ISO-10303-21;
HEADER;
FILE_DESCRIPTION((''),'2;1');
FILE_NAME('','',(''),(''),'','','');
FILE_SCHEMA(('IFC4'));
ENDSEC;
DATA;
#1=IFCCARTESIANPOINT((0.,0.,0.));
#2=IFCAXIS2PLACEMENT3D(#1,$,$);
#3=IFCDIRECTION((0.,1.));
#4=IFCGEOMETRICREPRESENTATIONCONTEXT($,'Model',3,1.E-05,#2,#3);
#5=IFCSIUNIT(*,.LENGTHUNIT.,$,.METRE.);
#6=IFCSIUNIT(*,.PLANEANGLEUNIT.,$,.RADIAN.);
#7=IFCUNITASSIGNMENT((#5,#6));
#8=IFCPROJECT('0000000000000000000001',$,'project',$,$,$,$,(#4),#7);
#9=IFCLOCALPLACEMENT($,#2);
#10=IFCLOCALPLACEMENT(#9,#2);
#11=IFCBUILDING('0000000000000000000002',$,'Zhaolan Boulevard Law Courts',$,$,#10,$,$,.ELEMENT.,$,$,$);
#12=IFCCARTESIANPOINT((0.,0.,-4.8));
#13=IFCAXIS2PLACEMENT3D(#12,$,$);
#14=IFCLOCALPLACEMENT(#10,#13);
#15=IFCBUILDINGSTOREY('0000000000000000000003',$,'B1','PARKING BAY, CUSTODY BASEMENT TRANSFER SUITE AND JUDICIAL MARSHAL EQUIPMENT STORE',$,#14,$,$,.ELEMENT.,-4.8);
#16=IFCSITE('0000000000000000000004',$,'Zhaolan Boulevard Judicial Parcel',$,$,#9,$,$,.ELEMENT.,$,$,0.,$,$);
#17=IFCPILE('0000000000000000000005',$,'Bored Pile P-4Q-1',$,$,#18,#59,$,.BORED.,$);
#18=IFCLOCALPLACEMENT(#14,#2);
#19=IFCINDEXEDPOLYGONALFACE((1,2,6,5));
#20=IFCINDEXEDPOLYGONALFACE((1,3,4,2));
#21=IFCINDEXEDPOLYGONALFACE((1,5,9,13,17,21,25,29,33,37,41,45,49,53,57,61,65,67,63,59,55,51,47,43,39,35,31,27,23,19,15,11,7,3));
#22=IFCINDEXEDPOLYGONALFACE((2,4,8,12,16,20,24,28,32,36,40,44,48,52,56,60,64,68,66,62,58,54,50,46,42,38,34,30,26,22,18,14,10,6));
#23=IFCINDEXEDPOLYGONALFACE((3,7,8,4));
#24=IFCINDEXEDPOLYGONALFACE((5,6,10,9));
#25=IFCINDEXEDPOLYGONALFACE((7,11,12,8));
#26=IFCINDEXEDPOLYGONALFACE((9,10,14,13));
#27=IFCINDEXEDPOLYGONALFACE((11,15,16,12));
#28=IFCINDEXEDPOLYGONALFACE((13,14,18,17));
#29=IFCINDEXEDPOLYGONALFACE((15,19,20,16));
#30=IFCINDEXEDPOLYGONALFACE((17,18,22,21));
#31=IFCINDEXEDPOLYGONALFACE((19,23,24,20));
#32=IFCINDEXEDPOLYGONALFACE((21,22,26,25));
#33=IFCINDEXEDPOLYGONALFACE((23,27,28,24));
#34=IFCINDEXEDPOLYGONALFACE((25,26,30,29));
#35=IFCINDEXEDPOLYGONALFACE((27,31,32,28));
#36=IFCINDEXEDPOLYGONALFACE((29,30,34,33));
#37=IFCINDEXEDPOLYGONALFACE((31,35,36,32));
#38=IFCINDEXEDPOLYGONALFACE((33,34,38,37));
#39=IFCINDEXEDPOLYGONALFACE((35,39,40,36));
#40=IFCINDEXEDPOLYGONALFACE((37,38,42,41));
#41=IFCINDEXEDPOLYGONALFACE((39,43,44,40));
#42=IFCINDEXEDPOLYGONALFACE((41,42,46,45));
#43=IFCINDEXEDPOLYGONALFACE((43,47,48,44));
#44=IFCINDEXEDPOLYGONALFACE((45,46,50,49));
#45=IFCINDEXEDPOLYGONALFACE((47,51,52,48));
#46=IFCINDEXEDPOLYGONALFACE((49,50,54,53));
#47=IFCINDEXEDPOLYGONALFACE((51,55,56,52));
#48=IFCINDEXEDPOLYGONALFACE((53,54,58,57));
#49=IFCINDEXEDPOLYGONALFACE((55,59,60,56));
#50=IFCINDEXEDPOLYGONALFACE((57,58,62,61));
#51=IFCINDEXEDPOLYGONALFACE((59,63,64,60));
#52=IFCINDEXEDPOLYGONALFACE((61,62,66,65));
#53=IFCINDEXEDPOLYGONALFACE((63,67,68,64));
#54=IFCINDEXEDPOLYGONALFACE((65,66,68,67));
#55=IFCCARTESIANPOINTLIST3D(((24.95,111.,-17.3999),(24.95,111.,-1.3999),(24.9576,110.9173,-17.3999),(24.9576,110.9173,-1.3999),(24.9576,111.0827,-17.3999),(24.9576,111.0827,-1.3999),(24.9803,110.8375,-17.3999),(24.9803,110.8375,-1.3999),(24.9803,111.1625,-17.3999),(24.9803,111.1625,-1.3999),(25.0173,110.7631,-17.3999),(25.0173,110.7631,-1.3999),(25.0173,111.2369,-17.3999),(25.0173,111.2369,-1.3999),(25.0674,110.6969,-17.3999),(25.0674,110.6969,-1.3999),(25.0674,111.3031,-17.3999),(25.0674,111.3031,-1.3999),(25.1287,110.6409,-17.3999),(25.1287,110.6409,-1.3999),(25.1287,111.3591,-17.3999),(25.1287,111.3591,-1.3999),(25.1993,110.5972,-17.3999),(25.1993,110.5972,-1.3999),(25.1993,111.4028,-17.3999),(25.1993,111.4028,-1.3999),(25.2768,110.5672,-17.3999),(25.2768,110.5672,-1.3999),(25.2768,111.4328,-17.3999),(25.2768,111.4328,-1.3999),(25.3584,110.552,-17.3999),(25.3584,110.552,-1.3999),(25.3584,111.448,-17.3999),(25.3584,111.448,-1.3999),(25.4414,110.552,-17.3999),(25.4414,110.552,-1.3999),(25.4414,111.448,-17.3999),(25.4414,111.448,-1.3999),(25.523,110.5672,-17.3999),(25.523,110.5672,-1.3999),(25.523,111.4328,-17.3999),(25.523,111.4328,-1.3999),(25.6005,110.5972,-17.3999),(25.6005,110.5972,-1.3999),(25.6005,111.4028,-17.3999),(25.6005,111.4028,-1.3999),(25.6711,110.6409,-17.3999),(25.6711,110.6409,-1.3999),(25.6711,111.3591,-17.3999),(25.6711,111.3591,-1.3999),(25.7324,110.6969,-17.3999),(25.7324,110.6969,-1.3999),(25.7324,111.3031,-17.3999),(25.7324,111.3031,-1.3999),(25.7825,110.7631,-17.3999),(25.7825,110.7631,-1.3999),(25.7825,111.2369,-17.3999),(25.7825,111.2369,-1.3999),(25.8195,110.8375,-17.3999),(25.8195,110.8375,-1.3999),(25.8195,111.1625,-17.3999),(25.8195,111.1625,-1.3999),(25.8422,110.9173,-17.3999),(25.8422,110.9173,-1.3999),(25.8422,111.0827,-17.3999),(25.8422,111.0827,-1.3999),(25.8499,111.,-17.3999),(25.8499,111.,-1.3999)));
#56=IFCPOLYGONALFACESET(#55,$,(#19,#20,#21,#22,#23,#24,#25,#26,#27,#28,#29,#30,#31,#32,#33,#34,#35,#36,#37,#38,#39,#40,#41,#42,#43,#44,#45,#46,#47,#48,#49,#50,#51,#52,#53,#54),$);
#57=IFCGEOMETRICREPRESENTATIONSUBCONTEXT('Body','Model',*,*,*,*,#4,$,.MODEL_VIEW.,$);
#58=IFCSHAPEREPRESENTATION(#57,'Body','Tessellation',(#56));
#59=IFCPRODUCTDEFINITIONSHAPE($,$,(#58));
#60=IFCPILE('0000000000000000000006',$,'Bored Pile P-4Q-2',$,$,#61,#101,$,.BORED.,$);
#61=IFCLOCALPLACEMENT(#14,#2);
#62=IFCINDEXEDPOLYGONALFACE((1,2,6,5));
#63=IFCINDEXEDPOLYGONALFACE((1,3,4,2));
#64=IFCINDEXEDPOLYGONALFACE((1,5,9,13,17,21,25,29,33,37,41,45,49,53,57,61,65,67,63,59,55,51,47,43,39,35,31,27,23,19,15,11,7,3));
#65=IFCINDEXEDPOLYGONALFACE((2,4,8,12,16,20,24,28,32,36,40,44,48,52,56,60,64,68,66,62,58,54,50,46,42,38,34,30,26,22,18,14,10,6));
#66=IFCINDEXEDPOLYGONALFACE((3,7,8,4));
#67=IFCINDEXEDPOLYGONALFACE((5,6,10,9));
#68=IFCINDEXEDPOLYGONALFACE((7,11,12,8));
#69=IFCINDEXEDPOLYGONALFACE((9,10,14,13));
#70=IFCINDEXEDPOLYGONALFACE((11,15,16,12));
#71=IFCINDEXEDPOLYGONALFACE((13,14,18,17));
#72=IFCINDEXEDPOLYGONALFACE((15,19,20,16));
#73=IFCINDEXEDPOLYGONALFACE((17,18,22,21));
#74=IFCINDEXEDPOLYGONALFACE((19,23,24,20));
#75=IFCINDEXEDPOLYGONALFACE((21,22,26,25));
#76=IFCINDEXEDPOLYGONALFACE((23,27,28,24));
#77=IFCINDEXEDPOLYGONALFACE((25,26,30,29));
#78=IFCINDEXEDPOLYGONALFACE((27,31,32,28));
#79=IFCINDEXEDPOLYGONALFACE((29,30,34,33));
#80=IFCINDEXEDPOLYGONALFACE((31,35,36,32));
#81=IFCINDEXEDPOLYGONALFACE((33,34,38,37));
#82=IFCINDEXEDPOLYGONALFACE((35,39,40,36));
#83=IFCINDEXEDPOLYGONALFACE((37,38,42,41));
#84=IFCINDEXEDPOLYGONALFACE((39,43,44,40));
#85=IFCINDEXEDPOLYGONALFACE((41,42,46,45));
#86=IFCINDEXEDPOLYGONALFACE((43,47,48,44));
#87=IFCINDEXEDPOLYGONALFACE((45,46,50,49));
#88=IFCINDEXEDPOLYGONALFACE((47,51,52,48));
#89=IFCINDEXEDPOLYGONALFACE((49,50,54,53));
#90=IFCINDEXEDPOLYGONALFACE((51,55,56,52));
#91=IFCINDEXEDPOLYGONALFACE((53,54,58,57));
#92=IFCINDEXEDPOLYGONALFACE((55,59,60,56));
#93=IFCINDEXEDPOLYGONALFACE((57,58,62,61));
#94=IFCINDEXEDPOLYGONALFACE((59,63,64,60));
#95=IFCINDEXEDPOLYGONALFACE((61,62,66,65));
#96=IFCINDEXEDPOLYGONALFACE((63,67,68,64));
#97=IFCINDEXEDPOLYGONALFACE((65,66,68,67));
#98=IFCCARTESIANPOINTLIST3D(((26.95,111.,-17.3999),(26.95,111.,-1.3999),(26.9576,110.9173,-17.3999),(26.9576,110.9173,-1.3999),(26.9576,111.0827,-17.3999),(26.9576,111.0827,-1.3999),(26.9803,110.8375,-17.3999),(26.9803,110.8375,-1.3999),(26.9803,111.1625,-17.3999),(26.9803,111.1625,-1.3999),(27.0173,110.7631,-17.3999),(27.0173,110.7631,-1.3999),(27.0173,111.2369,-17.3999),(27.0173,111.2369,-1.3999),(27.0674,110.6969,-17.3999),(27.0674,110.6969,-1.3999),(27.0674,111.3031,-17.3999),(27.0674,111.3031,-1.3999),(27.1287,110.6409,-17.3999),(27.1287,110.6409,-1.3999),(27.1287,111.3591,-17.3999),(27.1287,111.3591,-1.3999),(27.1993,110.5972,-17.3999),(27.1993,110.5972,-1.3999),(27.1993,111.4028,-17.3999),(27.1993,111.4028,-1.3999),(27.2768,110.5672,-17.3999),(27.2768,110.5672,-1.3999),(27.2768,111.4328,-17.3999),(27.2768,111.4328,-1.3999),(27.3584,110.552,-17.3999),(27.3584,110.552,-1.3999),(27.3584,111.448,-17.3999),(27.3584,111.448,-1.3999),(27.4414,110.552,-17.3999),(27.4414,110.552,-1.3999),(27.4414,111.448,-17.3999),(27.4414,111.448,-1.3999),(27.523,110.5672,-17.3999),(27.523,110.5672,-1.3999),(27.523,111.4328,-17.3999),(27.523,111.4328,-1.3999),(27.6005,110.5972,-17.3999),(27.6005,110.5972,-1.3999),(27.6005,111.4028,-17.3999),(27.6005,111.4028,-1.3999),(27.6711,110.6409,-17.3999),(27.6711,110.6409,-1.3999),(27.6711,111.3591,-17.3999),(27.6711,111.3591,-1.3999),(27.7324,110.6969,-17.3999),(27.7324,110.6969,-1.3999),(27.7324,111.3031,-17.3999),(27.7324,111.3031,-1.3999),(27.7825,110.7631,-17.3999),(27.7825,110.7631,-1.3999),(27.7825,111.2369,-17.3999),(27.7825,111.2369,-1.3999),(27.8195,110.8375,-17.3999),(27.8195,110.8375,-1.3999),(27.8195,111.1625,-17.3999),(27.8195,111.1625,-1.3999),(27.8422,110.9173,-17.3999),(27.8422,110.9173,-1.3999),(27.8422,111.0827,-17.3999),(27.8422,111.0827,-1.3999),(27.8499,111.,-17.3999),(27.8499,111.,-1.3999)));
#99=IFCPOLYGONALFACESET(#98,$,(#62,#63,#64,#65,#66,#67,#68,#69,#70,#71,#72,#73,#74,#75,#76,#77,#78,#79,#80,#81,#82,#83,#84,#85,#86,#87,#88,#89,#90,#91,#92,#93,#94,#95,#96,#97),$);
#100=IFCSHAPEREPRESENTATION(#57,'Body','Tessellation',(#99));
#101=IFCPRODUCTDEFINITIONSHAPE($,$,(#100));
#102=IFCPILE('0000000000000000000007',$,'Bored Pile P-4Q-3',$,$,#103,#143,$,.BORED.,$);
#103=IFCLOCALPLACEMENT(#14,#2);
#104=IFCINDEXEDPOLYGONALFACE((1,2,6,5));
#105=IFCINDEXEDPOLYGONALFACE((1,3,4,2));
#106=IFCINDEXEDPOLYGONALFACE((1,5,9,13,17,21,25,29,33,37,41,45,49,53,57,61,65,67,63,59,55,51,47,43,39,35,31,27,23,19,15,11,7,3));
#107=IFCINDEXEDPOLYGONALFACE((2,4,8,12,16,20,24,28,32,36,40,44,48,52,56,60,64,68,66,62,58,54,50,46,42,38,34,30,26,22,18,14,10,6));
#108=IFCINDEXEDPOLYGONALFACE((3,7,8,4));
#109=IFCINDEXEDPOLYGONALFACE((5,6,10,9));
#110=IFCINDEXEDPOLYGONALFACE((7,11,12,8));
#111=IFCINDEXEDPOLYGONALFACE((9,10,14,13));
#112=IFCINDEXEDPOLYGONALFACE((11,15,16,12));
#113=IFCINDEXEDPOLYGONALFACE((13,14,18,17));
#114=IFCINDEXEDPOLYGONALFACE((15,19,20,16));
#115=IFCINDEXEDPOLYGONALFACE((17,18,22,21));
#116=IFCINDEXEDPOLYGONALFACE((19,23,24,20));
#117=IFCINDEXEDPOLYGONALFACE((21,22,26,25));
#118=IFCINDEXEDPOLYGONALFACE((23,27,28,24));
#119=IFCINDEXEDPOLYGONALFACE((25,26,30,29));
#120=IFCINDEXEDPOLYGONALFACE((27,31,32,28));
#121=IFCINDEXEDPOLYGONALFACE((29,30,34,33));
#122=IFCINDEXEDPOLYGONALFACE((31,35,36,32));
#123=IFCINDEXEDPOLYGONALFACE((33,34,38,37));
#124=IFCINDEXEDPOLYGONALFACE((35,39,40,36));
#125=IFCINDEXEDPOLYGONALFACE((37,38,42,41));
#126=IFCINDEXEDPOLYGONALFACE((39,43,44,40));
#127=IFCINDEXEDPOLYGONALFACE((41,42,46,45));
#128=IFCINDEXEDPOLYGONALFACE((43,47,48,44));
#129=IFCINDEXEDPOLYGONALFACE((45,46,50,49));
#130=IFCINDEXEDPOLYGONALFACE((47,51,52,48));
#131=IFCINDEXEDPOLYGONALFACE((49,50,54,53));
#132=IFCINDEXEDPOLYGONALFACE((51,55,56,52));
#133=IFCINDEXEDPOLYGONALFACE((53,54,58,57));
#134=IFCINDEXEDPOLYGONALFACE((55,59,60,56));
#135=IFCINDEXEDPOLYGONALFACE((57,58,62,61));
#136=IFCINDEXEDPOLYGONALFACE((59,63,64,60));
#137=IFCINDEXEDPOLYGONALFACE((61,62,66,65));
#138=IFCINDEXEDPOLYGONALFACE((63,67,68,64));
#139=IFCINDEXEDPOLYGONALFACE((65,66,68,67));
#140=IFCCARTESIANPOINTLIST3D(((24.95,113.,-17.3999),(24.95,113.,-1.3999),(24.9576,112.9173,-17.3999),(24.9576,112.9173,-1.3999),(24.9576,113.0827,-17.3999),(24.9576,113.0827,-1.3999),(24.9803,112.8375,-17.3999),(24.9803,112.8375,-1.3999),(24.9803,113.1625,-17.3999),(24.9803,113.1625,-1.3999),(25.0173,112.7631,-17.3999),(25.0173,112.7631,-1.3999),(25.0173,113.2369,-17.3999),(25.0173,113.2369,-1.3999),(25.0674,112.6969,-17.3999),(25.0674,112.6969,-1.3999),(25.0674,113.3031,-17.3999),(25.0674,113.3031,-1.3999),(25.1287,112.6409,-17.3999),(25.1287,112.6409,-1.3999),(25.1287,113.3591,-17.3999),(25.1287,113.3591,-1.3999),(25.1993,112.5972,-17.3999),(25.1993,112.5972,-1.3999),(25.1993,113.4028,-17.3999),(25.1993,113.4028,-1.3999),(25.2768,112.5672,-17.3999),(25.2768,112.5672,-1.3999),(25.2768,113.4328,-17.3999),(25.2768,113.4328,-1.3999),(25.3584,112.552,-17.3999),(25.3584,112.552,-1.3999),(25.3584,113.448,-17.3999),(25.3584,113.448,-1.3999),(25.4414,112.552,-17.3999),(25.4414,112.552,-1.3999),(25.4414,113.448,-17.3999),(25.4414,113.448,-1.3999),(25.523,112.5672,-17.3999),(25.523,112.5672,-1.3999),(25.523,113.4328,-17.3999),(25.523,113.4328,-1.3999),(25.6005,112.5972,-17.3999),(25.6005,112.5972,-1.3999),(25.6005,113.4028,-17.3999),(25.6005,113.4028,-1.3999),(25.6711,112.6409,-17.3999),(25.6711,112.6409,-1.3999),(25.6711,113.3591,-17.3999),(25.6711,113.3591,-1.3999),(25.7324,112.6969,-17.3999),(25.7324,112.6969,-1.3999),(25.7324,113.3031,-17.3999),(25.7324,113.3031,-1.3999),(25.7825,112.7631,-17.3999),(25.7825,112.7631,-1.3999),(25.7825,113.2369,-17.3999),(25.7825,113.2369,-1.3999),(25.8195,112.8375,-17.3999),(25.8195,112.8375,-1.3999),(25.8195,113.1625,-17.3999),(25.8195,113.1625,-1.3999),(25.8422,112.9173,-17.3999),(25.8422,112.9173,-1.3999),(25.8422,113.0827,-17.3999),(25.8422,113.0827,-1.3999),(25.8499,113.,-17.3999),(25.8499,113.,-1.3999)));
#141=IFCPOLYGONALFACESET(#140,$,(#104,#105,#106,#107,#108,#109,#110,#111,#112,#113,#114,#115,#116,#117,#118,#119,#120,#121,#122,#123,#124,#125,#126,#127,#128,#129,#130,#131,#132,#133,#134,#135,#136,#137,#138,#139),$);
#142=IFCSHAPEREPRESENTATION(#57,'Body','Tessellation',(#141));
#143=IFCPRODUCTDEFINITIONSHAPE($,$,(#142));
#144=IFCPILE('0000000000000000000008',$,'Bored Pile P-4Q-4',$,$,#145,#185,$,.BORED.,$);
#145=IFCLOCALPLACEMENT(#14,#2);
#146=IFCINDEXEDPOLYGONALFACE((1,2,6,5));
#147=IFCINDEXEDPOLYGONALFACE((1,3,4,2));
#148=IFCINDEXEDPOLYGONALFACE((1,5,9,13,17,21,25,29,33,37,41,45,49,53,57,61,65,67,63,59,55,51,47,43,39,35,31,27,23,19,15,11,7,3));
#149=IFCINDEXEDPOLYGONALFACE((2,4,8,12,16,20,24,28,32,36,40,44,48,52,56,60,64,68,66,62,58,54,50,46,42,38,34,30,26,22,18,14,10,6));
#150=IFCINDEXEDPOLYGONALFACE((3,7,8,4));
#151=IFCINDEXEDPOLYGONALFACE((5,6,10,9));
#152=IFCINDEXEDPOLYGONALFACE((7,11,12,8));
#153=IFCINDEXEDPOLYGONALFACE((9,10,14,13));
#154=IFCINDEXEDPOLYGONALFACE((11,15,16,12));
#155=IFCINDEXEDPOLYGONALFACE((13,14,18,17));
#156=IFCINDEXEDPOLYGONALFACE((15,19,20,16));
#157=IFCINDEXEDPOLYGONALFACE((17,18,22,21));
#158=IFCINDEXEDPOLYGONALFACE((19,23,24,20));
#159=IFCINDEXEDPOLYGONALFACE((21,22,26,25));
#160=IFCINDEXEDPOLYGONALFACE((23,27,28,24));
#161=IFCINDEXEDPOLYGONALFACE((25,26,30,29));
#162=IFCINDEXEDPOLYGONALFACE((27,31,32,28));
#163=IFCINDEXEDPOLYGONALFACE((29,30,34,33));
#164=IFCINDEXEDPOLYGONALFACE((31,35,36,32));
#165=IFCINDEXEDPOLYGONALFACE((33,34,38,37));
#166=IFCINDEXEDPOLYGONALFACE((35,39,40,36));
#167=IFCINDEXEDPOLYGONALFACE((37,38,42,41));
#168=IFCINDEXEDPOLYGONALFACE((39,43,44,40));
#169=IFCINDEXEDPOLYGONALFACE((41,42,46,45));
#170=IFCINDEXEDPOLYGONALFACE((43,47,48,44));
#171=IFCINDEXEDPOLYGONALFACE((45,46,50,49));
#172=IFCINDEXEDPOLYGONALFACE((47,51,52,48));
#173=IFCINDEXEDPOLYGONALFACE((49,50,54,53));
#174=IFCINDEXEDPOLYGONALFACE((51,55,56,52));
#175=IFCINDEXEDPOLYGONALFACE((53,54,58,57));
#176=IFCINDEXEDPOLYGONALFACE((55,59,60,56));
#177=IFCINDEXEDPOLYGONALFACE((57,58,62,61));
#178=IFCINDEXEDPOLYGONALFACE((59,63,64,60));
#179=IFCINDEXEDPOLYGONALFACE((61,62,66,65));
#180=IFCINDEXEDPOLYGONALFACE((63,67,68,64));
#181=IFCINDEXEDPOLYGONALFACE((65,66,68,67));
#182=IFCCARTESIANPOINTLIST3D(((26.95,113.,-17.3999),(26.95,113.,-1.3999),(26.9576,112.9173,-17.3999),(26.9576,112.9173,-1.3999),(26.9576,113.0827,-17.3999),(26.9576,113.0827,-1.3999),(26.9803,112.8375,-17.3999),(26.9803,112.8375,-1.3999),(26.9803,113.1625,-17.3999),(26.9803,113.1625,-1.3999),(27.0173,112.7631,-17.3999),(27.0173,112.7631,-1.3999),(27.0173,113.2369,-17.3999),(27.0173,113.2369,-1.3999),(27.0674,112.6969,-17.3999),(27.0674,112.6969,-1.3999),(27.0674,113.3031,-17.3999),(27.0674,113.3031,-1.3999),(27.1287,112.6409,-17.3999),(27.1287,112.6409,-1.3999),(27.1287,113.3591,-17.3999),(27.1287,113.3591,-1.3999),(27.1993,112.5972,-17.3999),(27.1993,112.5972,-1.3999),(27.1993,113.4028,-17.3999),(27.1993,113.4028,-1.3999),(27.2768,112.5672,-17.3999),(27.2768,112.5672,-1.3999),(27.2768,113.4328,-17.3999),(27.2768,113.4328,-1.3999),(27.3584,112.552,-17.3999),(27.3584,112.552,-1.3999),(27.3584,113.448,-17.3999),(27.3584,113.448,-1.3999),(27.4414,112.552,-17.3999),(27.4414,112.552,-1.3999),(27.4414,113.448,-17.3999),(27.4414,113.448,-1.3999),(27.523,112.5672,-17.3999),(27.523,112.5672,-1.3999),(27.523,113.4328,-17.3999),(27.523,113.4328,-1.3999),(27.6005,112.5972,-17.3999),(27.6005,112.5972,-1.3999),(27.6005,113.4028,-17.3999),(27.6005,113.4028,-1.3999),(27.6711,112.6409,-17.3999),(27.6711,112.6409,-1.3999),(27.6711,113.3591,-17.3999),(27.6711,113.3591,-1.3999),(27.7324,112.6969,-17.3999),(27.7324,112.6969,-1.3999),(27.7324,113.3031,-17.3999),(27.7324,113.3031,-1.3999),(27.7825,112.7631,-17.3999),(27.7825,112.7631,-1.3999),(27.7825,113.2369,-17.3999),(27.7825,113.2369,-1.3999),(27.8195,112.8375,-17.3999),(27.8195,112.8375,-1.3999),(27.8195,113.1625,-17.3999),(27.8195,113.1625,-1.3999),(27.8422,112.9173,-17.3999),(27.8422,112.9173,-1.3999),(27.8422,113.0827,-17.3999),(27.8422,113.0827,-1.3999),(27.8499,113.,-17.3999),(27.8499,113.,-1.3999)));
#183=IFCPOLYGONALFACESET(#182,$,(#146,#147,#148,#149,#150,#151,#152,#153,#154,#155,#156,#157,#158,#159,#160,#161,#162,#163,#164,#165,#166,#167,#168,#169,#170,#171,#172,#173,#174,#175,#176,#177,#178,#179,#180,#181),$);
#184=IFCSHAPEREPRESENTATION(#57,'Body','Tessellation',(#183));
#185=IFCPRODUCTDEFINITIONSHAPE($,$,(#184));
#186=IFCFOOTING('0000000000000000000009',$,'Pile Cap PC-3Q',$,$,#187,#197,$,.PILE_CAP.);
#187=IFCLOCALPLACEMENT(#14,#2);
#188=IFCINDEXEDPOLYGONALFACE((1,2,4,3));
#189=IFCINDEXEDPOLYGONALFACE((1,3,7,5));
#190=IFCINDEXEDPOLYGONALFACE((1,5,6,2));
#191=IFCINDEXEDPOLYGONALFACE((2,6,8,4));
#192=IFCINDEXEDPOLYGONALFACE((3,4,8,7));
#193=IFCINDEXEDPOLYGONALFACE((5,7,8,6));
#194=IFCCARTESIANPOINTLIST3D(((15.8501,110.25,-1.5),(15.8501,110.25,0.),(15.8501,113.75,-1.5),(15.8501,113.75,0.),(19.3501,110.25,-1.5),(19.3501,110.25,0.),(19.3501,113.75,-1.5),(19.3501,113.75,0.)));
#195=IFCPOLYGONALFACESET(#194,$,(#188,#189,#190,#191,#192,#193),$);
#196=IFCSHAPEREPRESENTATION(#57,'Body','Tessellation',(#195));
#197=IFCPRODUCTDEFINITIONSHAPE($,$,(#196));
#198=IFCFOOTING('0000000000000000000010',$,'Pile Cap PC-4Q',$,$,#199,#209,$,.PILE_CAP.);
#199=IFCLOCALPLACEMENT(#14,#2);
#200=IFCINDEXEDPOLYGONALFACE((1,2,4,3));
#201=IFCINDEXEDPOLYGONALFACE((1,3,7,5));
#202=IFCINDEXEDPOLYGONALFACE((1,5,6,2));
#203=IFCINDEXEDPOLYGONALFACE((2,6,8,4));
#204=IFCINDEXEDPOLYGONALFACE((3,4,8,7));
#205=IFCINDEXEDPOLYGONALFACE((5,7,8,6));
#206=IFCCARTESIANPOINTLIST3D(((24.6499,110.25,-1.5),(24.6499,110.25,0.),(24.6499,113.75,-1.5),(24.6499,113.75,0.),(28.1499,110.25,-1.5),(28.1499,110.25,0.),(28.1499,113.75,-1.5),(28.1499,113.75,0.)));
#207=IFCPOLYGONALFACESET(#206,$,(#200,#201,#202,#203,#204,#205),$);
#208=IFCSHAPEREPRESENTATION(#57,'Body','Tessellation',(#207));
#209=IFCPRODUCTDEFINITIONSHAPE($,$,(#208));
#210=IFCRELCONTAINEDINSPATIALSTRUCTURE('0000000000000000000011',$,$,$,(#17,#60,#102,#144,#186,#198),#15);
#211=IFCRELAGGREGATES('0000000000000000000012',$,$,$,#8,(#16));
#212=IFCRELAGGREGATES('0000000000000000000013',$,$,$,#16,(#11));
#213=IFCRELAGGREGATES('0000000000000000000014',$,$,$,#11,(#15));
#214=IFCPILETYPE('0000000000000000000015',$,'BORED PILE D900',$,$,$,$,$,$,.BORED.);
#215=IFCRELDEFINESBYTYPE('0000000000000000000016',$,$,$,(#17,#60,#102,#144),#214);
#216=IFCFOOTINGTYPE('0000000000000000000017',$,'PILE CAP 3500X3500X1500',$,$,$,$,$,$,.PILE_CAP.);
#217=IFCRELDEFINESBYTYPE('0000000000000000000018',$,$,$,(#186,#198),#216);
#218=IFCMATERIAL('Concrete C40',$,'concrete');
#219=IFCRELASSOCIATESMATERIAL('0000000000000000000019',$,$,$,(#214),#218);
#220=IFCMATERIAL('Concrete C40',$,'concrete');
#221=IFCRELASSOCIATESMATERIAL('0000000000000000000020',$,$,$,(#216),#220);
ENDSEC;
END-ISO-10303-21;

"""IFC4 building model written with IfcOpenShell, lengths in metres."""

from ifc_helpers import new_model, si_unit, direction, frame, origin, origin_2d, place, context, subcontext, project, spatial, rectangle, circle, extrude, material, material_profile, profile_set, type_object, element, save


model = new_model("IFC4")

# Units and contexts
model_context = context("Model", 3, precision=1e-05, world=origin(), true_north=direction((0.0, 1.0)))
body_context = subcontext(model_context, "Body", "Model", "MODEL_VIEW")
ifc_project = project(units=[si_unit("LENGTHUNIT", "METRE"), si_unit("PLANEANGLEUNIT", "RADIAN")], contexts=[model_context])

# Site, building, storey
site_placement = place(None, origin())
site = spatial("IfcSite", under=ifc_project, at=site_placement, Name="Zhaolan Boulevard Judicial Parcel", CompositionType="ELEMENT", RefElevation=0.0)
building_placement = place(site_placement, origin())
building = spatial("IfcBuilding", under=site, at=building_placement, Name="Zhaolan Boulevard Law Courts", CompositionType="ELEMENT")
storey_placement = place(building_placement, frame((0.0, 0.0, -4.8)))
storey = spatial("IfcBuildingStorey", under=building, at=storey_placement, Name="B1", Description="PARKING BAY, CUSTODY BASEMENT TRANSFER SUITE AND JUDICIAL MARSHAL EQUIPMENT STORE", CompositionType="ELEMENT", Elevation=-4.8)

# Piles
ifc_material_1 = material(Name="Concrete C40", Category="concrete")
ifc_material_profile_1 = material_profile(ifc_material_1, circle(Radius=0.45, at=origin_2d()), Name="PILE-D900")
ifc_profile_set_1 = profile_set([ifc_material_profile_1], Name="Concrete C40")
pile_type = type_object("IfcPileType", Name="BORED PILE D900", PredefinedType="BORED", material=ifc_profile_set_1)
for number, where, z_axis, x_axis, name in (
    (1, (25.3999, 111.0, -1.3999), (0.0, 0.0, -1.0), (1.0, 0.0, 0.0), "Bored Pile P-4Q-1"),
    (2, (27.3999, 111.0, -1.3999), (0.0, 0.0, -1.0), (1.0, 0.0, 0.0), "Bored Pile P-4Q-2"),
    (3, (25.3999, 113.0, -1.3999), (0.0, 0.0, -1.0), (1.0, 0.0, 0.0), "Bored Pile P-4Q-3"),
    (4, (27.3999, 113.0, -1.3999), (0.0, 0.0, -1.0), (1.0, 0.0, 0.0), "Bored Pile P-4Q-4"),
):
    element("IfcPile", number, at=place(storey_placement, frame(where, z_axis=z_axis, x_axis=x_axis)), inside=storey, type_object=pile_type, Name=name, PredefinedType="BORED", context=body_context, shape_type="SweptSolid", body=[
        extrude(circle(Radius=0.45, at=origin_2d()), origin(), (0.0, 0.0, 1.0), 16.0),
    ])

# Footings
ifc_material_2 = material(Name="Concrete C40", Category="concrete")
footing_type_1 = type_object("IfcFootingType", Name="PILE CAP 3500X3500X1500", PredefinedType="PILE_CAP", material=ifc_material_2)
for number, where, z_axis, x_axis, name in (
    (5, (17.6001, 112.0, -1.5), (0.0, 0.0, 1.0), (1.0, 0.0, 0.0), "Pile Cap PC-3Q"),
    (6, (26.3999, 112.0, -1.5), (0.0, 0.0, 1.0), (1.0, 0.0, 0.0), "Pile Cap PC-4Q"),
):
    element("IfcFooting", number, at=place(storey_placement, frame(where, z_axis=z_axis, x_axis=x_axis)), inside=storey, type_object=footing_type_1, Name=name, PredefinedType="PILE_CAP", context=body_context, shape_type="SweptSolid", body=[
        extrude(rectangle(XDim=3.5, YDim=3.5, at=origin_2d()), origin(), (0.0, 0.0, 1.0), 1.5),
    ])

save(model, "model.ifc")
